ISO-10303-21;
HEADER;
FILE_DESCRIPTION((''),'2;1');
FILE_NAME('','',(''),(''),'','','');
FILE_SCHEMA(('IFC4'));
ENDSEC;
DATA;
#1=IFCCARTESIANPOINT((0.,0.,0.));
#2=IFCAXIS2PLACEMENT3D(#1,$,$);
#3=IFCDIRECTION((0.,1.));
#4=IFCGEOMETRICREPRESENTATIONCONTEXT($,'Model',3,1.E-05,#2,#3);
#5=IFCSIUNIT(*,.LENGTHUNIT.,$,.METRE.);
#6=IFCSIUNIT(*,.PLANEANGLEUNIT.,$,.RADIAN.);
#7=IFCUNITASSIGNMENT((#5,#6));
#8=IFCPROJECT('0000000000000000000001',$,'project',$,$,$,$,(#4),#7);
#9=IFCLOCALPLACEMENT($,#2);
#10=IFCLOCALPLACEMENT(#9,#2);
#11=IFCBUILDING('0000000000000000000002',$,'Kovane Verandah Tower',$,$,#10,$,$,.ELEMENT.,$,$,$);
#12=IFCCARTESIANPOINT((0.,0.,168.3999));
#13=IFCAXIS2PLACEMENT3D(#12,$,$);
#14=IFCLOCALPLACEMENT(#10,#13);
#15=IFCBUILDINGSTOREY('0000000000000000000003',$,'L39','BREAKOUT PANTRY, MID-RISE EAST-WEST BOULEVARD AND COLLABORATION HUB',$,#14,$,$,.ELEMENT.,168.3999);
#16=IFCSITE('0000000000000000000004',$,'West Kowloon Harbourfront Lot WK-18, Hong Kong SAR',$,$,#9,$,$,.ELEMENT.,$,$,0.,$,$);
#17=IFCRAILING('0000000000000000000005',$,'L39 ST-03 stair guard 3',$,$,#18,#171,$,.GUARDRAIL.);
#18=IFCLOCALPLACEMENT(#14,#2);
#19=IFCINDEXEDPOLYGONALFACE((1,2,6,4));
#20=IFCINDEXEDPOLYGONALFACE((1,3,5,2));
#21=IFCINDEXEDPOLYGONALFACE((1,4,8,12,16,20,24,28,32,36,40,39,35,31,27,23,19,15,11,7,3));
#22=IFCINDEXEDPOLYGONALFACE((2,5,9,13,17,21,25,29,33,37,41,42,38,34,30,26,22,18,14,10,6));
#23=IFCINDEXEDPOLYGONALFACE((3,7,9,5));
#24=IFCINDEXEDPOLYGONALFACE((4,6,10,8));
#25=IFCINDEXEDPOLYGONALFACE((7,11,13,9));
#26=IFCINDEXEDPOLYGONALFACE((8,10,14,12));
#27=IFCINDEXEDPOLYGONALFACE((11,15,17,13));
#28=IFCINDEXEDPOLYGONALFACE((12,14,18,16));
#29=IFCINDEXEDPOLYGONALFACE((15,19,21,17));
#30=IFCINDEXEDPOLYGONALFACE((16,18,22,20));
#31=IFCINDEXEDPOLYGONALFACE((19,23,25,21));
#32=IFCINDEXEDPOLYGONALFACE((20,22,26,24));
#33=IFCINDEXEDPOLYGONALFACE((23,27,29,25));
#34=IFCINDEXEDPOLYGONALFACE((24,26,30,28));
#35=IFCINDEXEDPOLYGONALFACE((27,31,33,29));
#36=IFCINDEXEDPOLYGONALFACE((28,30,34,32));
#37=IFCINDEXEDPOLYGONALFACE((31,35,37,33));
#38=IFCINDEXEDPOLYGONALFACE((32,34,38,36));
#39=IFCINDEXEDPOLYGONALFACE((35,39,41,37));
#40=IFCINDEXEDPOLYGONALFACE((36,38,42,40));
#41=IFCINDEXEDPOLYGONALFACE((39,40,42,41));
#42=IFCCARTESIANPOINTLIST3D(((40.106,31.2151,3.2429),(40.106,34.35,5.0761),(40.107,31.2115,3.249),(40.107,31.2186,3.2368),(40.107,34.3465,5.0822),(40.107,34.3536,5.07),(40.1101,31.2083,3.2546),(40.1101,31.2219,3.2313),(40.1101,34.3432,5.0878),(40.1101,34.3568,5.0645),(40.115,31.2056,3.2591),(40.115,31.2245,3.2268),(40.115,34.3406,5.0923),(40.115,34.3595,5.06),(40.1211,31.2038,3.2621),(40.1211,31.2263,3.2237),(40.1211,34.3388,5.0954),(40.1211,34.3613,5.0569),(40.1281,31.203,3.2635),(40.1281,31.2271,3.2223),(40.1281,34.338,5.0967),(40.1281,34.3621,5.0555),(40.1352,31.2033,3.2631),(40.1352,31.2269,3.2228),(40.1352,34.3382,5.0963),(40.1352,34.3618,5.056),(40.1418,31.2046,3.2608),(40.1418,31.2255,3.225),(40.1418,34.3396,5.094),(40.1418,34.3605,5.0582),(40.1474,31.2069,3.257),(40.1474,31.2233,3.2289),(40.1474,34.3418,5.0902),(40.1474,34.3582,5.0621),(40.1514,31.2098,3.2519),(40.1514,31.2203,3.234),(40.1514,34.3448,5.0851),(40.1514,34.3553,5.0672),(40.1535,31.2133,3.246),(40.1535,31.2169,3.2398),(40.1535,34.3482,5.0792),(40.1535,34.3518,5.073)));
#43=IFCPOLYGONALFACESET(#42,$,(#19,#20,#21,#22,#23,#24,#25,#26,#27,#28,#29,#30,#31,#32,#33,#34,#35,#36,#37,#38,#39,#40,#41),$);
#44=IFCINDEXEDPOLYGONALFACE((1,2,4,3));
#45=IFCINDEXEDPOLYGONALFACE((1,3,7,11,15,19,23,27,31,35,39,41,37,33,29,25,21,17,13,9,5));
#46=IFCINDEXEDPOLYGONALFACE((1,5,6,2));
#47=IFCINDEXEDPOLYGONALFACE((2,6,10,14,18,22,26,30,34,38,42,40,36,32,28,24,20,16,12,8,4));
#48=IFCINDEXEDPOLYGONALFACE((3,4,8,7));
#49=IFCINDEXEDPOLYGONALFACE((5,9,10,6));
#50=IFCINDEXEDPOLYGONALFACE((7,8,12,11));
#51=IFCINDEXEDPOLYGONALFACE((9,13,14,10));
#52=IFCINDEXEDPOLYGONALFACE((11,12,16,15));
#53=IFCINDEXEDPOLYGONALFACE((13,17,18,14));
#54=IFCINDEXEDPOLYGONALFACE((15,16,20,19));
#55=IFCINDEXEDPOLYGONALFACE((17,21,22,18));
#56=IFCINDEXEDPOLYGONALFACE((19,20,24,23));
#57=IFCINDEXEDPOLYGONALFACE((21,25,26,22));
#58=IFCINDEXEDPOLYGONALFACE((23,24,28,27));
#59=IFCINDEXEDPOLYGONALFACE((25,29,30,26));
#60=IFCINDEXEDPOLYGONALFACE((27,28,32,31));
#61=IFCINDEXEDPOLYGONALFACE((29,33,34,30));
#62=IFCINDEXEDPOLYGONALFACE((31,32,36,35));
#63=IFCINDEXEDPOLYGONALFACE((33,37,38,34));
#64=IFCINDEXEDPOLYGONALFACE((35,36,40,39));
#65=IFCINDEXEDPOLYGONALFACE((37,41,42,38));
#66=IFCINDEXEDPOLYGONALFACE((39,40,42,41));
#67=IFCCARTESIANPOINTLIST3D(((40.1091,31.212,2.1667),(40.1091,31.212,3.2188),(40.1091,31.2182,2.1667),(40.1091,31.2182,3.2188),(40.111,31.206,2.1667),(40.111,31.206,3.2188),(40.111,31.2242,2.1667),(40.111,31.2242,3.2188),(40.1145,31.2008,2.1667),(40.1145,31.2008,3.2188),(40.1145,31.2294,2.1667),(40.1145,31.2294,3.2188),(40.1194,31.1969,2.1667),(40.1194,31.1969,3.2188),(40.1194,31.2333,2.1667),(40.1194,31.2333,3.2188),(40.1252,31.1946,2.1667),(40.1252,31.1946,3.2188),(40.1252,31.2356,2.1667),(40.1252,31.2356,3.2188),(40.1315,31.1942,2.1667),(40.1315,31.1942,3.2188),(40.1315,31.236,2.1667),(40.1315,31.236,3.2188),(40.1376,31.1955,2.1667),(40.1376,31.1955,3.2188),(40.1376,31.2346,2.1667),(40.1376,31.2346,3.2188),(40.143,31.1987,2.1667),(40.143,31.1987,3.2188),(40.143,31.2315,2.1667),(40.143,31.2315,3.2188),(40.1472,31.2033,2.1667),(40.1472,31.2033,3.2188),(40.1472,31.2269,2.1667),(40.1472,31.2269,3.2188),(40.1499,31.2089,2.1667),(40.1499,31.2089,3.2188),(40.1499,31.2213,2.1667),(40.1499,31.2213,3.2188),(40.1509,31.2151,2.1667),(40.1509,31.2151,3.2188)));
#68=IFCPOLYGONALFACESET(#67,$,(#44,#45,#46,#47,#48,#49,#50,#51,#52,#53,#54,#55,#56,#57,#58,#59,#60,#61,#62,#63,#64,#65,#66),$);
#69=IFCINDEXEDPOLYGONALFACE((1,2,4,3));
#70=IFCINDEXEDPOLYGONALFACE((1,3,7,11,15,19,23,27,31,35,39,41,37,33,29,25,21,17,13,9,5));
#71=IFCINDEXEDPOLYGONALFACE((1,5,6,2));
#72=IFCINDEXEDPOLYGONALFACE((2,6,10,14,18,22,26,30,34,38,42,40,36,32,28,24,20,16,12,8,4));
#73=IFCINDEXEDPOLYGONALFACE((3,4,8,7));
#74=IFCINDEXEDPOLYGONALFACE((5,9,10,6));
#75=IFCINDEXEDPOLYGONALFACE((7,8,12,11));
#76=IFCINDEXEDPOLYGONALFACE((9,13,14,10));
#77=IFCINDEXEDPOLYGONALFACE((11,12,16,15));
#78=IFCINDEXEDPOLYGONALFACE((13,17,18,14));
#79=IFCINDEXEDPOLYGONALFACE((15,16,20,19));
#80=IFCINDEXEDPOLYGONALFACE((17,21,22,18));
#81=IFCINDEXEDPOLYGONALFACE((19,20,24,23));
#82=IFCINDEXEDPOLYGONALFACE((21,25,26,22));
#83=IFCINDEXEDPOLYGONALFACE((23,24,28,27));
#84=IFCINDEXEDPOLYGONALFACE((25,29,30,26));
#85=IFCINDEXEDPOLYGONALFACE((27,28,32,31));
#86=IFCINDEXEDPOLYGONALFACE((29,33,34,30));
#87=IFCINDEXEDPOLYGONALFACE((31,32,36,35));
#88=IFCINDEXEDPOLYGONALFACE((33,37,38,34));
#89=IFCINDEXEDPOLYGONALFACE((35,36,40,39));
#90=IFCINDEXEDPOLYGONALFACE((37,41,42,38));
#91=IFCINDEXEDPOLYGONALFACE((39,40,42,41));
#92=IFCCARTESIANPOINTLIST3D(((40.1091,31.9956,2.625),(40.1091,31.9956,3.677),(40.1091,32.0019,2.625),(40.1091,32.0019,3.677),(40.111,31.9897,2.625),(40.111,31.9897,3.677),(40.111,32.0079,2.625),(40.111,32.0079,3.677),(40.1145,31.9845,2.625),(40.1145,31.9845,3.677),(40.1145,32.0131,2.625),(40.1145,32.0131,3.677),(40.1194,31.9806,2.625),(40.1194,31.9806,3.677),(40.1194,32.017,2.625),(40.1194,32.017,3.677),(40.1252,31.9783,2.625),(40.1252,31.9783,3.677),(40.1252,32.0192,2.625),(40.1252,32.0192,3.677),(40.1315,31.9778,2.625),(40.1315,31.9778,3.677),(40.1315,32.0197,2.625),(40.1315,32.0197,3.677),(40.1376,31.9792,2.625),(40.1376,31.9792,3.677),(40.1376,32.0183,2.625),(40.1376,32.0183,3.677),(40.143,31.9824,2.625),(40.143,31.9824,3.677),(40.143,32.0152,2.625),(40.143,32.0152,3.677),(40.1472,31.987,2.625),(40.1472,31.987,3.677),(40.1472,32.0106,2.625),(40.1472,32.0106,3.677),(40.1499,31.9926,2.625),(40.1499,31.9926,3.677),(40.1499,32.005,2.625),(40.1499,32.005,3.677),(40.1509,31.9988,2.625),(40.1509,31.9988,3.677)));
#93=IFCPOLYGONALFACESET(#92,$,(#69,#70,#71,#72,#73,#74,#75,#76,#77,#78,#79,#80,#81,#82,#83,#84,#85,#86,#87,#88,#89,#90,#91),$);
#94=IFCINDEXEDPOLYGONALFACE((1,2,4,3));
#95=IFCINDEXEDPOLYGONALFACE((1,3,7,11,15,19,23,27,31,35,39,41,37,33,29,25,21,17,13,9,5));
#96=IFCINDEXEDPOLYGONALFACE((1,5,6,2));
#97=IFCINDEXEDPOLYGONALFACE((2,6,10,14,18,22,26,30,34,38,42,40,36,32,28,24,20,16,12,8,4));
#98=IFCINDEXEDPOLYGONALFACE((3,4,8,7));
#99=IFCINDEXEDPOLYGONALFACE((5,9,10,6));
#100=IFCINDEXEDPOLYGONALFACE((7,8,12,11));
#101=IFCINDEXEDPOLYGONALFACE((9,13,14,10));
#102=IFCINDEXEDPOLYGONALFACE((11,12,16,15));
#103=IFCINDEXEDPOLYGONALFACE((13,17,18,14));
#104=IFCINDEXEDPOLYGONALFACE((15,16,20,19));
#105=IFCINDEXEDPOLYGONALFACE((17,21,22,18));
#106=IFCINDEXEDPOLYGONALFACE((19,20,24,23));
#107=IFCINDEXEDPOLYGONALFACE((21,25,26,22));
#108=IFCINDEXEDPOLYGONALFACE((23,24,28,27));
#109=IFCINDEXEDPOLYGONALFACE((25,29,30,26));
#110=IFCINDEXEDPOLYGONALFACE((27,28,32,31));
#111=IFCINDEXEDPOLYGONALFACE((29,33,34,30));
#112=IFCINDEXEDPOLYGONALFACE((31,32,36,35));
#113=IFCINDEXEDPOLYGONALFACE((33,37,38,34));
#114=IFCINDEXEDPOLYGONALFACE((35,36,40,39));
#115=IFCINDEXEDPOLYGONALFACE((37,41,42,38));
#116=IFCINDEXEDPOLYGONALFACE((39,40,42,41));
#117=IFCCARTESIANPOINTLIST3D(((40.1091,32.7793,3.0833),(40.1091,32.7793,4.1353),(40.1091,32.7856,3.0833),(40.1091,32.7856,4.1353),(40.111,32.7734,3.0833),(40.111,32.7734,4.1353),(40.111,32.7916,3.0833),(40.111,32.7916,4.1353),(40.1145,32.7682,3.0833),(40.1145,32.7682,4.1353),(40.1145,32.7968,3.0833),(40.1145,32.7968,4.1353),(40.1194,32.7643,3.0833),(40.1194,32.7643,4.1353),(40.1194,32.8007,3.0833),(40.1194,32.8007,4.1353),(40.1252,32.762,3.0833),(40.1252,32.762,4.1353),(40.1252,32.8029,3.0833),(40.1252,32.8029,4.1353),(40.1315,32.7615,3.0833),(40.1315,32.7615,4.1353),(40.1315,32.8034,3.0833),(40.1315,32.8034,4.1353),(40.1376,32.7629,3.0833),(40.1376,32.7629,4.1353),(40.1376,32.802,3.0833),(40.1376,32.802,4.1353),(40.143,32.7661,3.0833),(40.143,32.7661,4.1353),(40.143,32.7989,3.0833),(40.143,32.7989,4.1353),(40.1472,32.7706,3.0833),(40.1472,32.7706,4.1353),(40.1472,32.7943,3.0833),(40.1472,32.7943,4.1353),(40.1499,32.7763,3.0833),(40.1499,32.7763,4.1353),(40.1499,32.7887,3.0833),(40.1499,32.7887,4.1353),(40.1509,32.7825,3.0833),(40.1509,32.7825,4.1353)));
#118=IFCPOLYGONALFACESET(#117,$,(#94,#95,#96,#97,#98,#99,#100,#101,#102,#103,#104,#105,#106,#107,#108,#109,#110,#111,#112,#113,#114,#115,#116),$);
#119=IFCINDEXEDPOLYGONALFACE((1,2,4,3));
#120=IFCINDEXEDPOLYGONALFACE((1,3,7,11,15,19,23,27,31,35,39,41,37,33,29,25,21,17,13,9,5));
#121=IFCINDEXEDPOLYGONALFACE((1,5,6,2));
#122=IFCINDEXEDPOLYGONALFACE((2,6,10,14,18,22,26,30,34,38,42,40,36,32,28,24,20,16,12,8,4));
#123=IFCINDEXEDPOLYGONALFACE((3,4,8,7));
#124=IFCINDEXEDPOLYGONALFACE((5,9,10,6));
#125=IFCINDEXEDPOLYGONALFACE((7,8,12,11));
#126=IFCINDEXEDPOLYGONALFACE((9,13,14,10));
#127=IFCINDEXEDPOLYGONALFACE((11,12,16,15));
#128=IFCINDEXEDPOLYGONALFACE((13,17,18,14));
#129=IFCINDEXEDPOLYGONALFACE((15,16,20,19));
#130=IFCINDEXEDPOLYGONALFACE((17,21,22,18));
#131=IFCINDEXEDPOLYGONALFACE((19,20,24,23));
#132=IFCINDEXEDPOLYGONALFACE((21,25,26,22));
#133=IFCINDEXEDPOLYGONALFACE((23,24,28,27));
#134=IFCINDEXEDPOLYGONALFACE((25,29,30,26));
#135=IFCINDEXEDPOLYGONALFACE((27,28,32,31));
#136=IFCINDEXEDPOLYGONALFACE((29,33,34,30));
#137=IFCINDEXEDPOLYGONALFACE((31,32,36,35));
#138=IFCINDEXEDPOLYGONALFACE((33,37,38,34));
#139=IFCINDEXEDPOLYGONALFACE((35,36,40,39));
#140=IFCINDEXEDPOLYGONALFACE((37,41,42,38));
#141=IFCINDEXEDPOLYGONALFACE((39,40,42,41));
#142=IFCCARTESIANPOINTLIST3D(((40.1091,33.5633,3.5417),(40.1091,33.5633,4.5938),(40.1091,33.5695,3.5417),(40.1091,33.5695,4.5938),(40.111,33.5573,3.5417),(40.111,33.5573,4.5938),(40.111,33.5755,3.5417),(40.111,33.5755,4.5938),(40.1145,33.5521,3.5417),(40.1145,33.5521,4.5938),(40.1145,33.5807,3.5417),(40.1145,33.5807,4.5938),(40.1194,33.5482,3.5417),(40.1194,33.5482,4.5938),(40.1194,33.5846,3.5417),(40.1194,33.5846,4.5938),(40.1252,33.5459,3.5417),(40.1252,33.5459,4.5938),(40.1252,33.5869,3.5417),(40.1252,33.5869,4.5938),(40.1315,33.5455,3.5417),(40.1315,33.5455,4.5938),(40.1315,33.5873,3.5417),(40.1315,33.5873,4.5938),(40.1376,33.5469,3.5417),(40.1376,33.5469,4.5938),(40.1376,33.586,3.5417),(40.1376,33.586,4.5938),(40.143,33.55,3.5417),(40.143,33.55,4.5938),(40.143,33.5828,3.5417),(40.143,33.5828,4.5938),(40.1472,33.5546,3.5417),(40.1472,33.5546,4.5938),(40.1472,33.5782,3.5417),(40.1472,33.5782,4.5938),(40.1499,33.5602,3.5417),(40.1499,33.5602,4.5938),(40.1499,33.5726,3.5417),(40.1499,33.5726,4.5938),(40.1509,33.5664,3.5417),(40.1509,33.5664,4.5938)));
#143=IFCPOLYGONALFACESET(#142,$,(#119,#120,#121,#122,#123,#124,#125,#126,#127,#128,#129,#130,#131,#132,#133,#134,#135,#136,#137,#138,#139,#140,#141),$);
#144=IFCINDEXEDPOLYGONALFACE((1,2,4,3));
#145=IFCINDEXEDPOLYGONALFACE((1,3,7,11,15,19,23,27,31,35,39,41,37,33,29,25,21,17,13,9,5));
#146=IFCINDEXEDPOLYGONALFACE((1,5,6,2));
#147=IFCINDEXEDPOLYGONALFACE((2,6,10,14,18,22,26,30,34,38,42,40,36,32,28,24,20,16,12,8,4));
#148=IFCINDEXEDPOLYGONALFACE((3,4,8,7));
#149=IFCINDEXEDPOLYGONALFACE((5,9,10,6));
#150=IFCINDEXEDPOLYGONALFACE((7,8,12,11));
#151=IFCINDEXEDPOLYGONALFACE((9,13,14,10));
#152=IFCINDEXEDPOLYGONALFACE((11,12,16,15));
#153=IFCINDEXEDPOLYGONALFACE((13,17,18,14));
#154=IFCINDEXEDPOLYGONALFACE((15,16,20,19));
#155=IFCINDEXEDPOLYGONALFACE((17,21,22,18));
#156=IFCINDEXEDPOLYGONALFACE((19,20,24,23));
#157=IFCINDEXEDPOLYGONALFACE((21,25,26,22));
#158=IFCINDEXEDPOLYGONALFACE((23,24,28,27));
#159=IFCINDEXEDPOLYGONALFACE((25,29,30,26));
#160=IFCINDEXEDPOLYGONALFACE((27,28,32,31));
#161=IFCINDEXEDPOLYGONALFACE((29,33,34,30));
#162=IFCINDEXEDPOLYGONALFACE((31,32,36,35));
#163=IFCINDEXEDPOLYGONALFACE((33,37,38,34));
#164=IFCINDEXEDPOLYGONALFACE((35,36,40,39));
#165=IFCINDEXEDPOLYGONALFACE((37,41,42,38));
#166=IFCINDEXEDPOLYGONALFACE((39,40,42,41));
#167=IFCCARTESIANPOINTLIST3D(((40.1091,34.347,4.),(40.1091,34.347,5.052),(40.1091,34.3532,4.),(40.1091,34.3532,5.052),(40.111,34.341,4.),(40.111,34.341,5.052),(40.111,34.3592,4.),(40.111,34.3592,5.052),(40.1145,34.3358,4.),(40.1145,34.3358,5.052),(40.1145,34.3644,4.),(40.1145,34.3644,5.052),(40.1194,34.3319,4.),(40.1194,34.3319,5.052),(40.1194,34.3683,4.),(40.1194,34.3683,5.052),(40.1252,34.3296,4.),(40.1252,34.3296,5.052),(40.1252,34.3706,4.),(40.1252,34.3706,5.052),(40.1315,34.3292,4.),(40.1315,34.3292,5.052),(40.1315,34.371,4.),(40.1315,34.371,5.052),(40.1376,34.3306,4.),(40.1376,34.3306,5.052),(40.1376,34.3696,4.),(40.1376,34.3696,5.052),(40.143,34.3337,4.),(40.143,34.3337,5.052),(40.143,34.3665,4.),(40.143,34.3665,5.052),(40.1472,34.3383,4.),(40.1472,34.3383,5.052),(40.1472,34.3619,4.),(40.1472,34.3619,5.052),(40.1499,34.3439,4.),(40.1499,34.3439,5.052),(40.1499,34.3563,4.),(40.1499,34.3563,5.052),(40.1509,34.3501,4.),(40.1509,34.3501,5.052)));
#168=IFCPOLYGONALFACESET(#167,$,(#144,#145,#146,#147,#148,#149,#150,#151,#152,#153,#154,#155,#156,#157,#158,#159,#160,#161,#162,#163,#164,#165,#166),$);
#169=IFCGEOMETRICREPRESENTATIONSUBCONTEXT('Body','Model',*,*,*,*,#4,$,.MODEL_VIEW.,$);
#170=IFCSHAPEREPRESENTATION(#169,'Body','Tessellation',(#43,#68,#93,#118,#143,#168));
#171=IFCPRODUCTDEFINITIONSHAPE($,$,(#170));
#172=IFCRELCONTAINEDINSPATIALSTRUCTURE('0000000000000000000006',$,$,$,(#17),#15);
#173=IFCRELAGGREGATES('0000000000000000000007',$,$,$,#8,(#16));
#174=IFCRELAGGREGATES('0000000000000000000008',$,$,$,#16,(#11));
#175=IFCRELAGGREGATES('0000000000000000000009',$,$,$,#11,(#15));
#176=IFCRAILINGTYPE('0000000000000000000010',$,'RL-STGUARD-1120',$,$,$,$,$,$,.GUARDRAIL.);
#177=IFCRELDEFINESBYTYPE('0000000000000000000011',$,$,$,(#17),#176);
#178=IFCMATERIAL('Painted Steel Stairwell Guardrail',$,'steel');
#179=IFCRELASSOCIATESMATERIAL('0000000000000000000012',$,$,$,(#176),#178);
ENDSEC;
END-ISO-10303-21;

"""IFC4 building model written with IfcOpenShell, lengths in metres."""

from ifc_helpers import new_model, si_unit, direction, frame, origin, origin_2d, place, context, subcontext, project, spatial, circle, extrude, material, type_object, element, save


model = new_model("IFC4")

# Units and contexts
model_context = context("Model", 3, precision=1e-05, world=origin(), true_north=direction((0.0, 1.0)))
body_context = subcontext(model_context, "Body", "Model", "MODEL_VIEW")
ifc_project = project(units=[si_unit("LENGTHUNIT", "METRE"), si_unit("PLANEANGLEUNIT", "RADIAN")], contexts=[model_context])

# Site, building, storey
site_placement = place(None, origin())
site = spatial("IfcSite", under=ifc_project, at=site_placement, Name="West Kowloon Harbourfront Lot WK-18, Hong Kong SAR", CompositionType="ELEMENT", RefElevation=0.0)
building_placement = place(site_placement, origin())
building = spatial("IfcBuilding", under=site, at=building_placement, Name="Kovane Verandah Tower", CompositionType="ELEMENT")
storey_placement = place(building_placement, frame((0.0, 0.0, 168.3999)))
storey = spatial("IfcBuildingStorey", under=building, at=storey_placement, Name="L39", Description="BREAKOUT PANTRY, MID-RISE EAST-WEST BOULEVARD AND COLLABORATION HUB", CompositionType="ELEMENT", Elevation=168.3999)

# Railing
ifc_material_1 = material(Name="Painted Steel Stairwell Guardrail", Category="steel")
railing_type_1 = type_object("IfcRailingType", Name="RL-STGUARD-1120", PredefinedType="GUARDRAIL", material=ifc_material_1)
railing_1_placement = place(storey_placement, frame((40.1299, 31.2151, 2.1667)))
element("IfcRailing", 1, at=railing_1_placement, inside=storey, type_object=railing_type_1, Name="L39 ST-03 stair guard 3", PredefinedType="GUARDRAIL", context=body_context, shape_type="SweptSolid", body=[
    extrude(circle(Radius=0.0239, at=origin_2d()), frame((0.0, 0.0, 1.0762), z_axis=(0.0, 0.86324, 0.504794), x_axis=(-1.0, 0.0, 0.0)), (0.0, 0.0, 1.0), 3.6316),
    extrude(circle(Radius=0.021, at=origin_2d()), origin(), (0.0, 0.0, 1.0), 1.052),
    extrude(circle(Radius=0.021, at=origin_2d()), frame((0.0, 0.7837, 0.4583)), (0.0, 0.0, 1.0), 1.052),
    extrude(circle(Radius=0.021, at=origin_2d()), frame((0.0, 1.5674, 0.9165)), (0.0, 0.0, 1.0), 1.052),
    extrude(circle(Radius=0.021, at=origin_2d()), frame((0.0, 2.3513, 1.375)), (0.0, 0.0, 1.0), 1.052),
    extrude(circle(Radius=0.021, at=origin_2d()), frame((0.0, 3.135, 1.8333)), (0.0, 0.0, 1.0), 1.052),
])

save(model, "model.ifc")
